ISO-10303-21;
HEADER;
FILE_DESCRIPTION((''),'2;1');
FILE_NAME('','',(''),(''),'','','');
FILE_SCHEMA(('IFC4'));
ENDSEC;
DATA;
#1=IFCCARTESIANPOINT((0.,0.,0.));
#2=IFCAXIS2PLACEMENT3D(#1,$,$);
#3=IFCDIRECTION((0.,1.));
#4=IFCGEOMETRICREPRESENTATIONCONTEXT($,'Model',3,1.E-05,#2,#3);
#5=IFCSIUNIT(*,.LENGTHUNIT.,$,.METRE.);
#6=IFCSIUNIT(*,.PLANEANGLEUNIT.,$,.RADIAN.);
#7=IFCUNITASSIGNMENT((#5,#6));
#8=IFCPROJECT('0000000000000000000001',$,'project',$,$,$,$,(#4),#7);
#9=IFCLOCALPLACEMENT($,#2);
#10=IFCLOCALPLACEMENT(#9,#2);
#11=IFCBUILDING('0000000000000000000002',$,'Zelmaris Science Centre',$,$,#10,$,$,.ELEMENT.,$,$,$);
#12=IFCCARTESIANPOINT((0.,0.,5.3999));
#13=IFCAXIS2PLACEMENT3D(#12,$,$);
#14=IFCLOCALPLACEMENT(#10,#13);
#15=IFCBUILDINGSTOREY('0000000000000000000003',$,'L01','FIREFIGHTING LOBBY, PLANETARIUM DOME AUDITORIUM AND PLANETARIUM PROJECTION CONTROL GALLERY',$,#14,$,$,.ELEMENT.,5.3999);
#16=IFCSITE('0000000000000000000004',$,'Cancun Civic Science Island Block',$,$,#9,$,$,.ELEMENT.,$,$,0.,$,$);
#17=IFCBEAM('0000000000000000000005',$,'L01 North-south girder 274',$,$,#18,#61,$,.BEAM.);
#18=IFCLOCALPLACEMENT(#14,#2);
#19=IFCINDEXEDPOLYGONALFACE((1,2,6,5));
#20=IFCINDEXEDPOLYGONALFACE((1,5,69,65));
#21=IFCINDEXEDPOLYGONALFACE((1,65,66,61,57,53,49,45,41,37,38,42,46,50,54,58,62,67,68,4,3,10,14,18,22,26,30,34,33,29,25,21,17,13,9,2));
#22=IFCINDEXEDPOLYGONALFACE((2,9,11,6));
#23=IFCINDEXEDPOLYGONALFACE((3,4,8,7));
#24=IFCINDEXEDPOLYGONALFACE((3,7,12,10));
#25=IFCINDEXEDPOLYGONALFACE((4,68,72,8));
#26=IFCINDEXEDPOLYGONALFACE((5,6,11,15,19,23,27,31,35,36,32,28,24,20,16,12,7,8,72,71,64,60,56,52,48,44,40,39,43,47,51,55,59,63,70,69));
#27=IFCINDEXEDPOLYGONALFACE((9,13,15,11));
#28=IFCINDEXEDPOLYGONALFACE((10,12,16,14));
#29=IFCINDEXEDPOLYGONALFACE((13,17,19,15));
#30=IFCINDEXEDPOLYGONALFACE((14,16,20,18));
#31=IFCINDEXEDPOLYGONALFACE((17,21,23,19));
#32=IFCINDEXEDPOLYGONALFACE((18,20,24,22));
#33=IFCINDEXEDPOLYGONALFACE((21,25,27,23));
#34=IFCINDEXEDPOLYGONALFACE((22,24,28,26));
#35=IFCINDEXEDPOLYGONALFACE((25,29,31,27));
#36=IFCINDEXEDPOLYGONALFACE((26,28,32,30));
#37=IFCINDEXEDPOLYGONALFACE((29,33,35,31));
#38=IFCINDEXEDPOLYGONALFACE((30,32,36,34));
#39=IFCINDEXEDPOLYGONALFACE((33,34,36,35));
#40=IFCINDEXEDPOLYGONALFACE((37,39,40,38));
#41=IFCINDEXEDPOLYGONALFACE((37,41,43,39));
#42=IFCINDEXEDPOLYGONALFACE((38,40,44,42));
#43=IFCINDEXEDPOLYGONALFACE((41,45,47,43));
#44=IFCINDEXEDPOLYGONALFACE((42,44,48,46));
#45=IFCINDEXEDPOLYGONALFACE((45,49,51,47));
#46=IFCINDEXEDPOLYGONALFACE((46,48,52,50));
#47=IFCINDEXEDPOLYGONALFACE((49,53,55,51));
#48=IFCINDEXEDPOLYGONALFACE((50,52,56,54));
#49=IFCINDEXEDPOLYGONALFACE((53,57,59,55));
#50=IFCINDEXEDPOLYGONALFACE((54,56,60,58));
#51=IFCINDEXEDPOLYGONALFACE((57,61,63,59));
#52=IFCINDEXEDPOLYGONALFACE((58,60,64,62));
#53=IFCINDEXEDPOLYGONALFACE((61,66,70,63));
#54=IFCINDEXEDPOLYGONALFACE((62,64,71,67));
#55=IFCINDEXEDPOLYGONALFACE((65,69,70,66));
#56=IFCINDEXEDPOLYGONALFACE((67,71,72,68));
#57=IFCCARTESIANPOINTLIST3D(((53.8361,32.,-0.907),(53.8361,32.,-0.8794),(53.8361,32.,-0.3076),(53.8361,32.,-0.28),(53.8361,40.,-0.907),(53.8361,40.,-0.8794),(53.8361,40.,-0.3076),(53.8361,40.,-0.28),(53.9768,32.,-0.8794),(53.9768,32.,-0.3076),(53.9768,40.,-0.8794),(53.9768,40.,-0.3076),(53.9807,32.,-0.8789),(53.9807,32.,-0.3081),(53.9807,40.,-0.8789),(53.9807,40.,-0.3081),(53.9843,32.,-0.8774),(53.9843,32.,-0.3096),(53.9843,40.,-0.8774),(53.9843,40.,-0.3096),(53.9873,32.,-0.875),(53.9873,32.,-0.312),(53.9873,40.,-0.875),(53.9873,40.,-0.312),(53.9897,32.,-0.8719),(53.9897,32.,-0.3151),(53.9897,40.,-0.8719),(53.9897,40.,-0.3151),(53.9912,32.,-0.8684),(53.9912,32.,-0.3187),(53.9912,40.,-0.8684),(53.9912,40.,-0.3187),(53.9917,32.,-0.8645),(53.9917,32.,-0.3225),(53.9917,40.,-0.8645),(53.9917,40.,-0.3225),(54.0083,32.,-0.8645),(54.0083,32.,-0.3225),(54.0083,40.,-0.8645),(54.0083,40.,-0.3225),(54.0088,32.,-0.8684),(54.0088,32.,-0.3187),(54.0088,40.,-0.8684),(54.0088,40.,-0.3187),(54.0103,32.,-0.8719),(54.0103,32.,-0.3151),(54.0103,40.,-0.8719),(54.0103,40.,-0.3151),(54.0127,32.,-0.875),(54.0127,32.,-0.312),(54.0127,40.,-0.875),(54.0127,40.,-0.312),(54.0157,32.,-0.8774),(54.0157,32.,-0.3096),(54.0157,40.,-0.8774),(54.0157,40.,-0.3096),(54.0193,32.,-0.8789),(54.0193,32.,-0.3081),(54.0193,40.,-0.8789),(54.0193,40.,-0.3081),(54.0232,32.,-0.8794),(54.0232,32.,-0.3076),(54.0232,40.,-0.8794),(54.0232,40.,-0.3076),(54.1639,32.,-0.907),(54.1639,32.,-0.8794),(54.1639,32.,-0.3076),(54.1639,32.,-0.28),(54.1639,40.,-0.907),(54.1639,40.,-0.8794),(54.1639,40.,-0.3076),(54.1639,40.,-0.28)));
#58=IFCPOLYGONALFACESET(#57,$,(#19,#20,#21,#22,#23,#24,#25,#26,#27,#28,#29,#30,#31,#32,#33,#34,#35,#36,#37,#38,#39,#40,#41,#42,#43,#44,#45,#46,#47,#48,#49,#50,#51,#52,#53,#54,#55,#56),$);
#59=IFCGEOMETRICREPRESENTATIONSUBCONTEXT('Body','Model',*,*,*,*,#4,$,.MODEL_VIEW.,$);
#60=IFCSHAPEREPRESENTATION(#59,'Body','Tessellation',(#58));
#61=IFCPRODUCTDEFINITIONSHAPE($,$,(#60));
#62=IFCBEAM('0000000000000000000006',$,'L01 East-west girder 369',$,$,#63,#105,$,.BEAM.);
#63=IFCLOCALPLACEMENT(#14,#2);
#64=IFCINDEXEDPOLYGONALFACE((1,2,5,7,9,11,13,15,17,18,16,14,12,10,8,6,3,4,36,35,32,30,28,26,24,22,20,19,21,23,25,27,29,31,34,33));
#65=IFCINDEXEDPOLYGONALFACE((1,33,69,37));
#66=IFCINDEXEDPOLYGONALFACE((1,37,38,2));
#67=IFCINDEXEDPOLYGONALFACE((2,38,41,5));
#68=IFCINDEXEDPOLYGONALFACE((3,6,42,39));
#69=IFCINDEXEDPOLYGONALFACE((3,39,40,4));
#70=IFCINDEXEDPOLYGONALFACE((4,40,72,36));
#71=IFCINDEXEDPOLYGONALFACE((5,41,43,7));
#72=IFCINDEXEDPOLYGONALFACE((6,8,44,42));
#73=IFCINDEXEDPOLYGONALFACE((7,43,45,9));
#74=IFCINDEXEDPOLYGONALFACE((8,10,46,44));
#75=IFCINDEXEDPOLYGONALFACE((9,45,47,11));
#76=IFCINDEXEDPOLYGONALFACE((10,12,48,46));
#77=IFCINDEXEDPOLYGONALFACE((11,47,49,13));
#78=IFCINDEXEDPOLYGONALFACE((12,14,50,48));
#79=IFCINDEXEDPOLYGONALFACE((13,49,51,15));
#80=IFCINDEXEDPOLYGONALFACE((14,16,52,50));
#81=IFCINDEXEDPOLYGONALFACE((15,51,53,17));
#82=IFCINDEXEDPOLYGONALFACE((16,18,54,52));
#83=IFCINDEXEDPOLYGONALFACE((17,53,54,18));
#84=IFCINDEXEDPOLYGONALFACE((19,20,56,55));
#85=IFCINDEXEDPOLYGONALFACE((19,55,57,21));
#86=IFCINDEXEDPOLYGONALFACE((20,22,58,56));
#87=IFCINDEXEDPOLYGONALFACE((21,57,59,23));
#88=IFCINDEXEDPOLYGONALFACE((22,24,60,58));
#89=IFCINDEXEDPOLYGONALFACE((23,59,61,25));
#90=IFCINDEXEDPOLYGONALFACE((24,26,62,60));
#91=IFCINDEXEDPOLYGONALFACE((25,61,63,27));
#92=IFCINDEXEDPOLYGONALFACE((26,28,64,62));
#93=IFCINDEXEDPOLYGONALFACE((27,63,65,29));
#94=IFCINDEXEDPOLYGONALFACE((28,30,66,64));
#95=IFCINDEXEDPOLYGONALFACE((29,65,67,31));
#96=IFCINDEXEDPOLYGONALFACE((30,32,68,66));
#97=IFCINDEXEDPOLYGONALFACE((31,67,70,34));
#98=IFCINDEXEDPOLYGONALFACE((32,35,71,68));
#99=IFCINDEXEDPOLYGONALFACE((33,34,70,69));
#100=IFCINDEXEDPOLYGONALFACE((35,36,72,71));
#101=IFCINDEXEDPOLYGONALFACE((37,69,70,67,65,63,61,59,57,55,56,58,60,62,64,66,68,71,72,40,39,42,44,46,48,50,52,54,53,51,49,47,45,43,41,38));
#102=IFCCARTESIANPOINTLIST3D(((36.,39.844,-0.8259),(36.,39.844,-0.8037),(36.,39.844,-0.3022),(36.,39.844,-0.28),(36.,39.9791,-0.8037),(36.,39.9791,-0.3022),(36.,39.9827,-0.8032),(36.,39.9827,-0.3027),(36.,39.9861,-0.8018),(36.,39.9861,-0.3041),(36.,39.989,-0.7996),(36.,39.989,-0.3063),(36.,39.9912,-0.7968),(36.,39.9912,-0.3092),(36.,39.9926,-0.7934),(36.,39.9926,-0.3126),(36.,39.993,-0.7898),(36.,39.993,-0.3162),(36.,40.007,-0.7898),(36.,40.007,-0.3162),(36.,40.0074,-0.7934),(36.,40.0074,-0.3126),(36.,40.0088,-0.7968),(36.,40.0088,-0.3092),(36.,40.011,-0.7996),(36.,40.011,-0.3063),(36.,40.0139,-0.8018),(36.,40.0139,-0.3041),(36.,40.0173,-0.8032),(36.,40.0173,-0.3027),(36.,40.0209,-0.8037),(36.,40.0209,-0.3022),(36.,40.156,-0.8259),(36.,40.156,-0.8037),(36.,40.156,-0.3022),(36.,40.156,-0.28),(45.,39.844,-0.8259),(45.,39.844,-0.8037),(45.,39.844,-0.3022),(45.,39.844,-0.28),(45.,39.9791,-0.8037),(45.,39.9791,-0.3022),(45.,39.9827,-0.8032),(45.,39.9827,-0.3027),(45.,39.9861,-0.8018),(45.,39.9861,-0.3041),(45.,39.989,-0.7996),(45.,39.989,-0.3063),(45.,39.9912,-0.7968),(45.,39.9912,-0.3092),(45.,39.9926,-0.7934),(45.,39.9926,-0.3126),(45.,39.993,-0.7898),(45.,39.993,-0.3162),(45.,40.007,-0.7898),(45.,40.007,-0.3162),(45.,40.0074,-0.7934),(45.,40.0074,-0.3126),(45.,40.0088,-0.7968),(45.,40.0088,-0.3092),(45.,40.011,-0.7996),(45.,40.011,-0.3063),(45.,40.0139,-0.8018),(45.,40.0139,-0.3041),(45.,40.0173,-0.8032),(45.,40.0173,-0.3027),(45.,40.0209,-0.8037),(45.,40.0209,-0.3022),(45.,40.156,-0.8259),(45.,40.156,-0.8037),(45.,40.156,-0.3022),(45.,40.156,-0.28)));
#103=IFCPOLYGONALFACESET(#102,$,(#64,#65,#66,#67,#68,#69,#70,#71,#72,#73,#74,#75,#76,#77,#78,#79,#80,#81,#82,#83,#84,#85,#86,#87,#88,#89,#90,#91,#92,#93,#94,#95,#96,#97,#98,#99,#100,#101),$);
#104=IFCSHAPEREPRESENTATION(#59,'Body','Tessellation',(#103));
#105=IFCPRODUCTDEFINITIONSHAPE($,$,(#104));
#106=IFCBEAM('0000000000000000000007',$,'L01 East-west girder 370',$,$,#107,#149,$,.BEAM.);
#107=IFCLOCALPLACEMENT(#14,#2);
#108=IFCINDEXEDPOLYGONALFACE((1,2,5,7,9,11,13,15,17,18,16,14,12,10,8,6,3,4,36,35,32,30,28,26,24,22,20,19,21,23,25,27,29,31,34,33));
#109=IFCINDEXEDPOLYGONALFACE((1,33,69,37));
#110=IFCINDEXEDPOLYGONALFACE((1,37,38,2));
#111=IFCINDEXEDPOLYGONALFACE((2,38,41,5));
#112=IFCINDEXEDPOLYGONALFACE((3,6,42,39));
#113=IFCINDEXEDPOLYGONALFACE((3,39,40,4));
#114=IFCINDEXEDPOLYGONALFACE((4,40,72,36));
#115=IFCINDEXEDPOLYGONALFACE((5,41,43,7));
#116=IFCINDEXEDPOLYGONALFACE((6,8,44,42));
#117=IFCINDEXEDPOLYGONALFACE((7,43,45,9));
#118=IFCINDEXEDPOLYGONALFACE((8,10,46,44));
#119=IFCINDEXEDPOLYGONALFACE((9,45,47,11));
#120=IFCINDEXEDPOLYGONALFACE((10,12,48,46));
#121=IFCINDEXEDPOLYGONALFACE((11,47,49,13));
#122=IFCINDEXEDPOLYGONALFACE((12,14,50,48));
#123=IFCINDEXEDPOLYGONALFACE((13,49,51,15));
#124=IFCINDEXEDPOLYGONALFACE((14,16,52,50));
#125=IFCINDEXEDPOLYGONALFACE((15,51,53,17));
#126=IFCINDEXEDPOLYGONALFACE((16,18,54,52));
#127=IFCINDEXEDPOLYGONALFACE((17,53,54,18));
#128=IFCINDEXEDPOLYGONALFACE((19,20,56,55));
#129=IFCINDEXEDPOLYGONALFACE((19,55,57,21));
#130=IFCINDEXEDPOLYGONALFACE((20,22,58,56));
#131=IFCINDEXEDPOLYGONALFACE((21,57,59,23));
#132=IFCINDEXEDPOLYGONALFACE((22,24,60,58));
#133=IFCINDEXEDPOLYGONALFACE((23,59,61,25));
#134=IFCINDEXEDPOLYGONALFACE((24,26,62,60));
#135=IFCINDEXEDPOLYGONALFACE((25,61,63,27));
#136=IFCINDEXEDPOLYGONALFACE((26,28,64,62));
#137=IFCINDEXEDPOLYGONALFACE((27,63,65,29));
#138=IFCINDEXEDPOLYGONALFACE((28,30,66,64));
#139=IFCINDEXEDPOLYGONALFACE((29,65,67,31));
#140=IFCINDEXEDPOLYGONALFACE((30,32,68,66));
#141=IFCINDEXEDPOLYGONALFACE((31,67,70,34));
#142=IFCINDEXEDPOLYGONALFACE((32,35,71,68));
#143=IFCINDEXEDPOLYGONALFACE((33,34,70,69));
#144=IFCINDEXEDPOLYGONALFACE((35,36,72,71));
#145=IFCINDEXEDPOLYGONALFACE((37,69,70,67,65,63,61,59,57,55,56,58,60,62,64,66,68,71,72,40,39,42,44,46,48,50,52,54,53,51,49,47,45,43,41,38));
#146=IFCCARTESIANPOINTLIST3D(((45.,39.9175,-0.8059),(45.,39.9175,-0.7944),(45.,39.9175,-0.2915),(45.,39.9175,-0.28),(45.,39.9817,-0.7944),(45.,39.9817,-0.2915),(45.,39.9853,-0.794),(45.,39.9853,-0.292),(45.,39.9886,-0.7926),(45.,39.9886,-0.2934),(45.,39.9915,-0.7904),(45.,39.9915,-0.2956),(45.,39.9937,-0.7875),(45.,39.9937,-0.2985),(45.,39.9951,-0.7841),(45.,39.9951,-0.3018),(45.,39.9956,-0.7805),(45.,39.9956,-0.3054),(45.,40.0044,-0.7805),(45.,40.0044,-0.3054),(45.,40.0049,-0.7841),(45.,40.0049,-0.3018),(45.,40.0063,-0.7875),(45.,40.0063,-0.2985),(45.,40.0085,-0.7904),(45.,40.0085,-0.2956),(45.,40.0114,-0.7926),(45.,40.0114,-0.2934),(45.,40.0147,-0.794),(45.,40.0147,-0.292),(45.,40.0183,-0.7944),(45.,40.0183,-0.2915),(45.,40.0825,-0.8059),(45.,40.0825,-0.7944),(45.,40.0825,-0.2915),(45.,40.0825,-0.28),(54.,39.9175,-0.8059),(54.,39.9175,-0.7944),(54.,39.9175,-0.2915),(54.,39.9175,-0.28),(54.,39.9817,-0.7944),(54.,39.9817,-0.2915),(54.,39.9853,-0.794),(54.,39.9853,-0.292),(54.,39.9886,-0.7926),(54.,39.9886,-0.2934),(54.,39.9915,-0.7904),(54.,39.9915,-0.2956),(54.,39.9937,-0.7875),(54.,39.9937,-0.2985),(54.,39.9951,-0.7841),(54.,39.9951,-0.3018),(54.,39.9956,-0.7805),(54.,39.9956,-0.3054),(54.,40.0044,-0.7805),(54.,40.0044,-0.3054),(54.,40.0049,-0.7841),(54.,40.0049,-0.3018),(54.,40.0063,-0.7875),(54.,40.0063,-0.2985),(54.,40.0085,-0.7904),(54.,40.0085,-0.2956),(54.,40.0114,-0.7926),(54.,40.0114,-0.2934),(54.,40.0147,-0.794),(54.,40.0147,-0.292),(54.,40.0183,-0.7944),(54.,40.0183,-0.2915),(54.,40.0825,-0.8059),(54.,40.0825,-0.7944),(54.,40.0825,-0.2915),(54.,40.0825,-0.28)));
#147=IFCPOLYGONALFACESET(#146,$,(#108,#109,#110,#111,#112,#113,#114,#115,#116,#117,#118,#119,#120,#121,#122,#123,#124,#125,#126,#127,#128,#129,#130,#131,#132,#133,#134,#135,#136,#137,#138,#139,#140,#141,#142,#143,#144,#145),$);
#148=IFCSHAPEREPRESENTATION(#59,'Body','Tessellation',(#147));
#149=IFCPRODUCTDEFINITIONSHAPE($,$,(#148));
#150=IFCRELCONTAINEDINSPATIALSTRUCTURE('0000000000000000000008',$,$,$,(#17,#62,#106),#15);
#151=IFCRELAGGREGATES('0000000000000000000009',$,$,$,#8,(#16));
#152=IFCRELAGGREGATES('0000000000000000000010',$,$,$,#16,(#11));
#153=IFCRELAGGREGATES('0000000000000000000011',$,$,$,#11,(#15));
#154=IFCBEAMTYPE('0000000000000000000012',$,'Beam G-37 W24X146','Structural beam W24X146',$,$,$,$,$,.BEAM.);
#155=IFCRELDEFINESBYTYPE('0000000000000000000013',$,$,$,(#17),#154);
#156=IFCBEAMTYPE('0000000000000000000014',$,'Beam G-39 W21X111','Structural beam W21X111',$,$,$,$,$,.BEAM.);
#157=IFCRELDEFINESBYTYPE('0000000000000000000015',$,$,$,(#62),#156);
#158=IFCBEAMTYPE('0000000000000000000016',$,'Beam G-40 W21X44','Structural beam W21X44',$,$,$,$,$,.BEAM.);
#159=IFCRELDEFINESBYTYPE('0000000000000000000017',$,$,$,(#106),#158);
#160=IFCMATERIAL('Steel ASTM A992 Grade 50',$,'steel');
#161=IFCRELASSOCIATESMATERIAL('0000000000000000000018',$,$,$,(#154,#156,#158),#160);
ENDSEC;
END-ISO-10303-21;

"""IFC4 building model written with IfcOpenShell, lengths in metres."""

from ifc_helpers import new_model, si_unit, direction, frame, origin, origin_2d, place, context, subcontext, project, spatial, i_section, extrude, material, material_profile, profile_set, type_object, element, save


model = new_model("IFC4")

# Units and contexts
model_context = context("Model", 3, precision=1e-05, world=origin(), true_north=direction((0.0, 1.0)))
body_context = subcontext(model_context, "Body", "Model", "MODEL_VIEW")
ifc_project = project(units=[si_unit("LENGTHUNIT", "METRE"), si_unit("PLANEANGLEUNIT", "RADIAN")], contexts=[model_context])

# Site, building, storey
site_placement = place(None, origin())
site = spatial("IfcSite", under=ifc_project, at=site_placement, Name="Cancun Civic Science Island Block", CompositionType="ELEMENT", RefElevation=0.0)
building_placement = place(site_placement, origin())
building = spatial("IfcBuilding", under=site, at=building_placement, Name="Zelmaris Science Centre", CompositionType="ELEMENT")
storey_placement = place(building_placement, frame((0.0, 0.0, 5.3999)))
storey = spatial("IfcBuildingStorey", under=building, at=storey_placement, Name="L01", Description="FIREFIGHTING LOBBY, PLANETARIUM DOME AUDITORIUM AND PLANETARIUM PROJECTION CONTROL GALLERY", CompositionType="ELEMENT", Elevation=5.3999)

# Shared definitions
ifc_material_1 = material(Name="Steel ASTM A992 Grade 50", Category="steel")

# Beams
ifc_material_profile_1 = material_profile(ifc_material_1, i_section(OverallWidth=0.3279, OverallDepth=0.627, WebThickness=0.0166, FlangeThickness=0.0276, FilletRadius=0.0149, at=origin_2d()), Name="W24X146")
ifc_profile_set_1 = profile_set([ifc_material_profile_1], Name="Steel ASTM A992 Grade 50")
beam_type_1 = type_object("IfcBeamType", Name="Beam G-37 W24X146", Description="Structural beam W24X146", PredefinedType="BEAM", material=ifc_profile_set_1)
beam_1_placement = place(storey_placement, frame((54.0, 32.0, -0.5935), z_axis=(0.0, 1.0, 0.0), x_axis=(-1.0, 0.0, 0.0)))
element("IfcBeam", 1, at=beam_1_placement, inside=storey, type_object=beam_type_1, Name="L01 North-south girder 274", PredefinedType="BEAM", context=body_context, shape_type="SweptSolid", body=[
    extrude(i_section(OverallWidth=0.3279, OverallDepth=0.627, WebThickness=0.0166, FlangeThickness=0.0276, FilletRadius=0.0149, at=origin_2d()), origin(), (0.0, 0.0, 1.0), 8.0),
])
ifc_material_profile_2 = material_profile(ifc_material_1, i_section(OverallWidth=0.312, OverallDepth=0.5459, WebThickness=0.0139, FlangeThickness=0.0222, FilletRadius=0.0139, at=origin_2d()), Name="W21X111")
ifc_profile_set_2 = profile_set([ifc_material_profile_2], Name="Steel ASTM A992 Grade 50")
beam_type_2 = type_object("IfcBeamType", Name="Beam G-39 W21X111", Description="Structural beam W21X111", PredefinedType="BEAM", material=ifc_profile_set_2)
beam_2_placement = place(storey_placement, frame((36.0, 40.0, -0.553), z_axis=(1.0, 0.0, 0.0), x_axis=(0.0, 1.0, 0.0)))
element("IfcBeam", 2, at=beam_2_placement, inside=storey, type_object=beam_type_2, Name="L01 East-west girder 369", PredefinedType="BEAM", context=body_context, shape_type="SweptSolid", body=[
    extrude(i_section(OverallWidth=0.312, OverallDepth=0.5459, WebThickness=0.0139, FlangeThickness=0.0222, FilletRadius=0.0139, at=origin_2d()), origin(), (0.0, 0.0, 1.0), 9.0),
])
ifc_material_profile_3 = material_profile(ifc_material_1, i_section(OverallWidth=0.165, OverallDepth=0.5259, WebThickness=0.0088, FlangeThickness=0.0115, FilletRadius=0.0139, at=origin_2d()), Name="W21X44")
ifc_profile_set_3 = profile_set([ifc_material_profile_3], Name="Steel ASTM A992 Grade 50")
beam_type_3 = type_object("IfcBeamType", Name="Beam G-40 W21X44", Description="Structural beam W21X44", PredefinedType="BEAM", material=ifc_profile_set_3)
beam_3_placement = place(storey_placement, frame((45.0, 40.0, -0.543), z_axis=(1.0, 0.0, 0.0), x_axis=(0.0, 1.0, 0.0)))
element("IfcBeam", 3, at=beam_3_placement, inside=storey, type_object=beam_type_3, Name="L01 East-west girder 370", PredefinedType="BEAM", context=body_context, shape_type="SweptSolid", body=[
    extrude(i_section(OverallWidth=0.165, OverallDepth=0.5259, WebThickness=0.0088, FlangeThickness=0.0115, FilletRadius=0.0139, at=origin_2d()), origin(), (0.0, 0.0, 1.0), 9.0),
])

save(model, "model.ifc")
